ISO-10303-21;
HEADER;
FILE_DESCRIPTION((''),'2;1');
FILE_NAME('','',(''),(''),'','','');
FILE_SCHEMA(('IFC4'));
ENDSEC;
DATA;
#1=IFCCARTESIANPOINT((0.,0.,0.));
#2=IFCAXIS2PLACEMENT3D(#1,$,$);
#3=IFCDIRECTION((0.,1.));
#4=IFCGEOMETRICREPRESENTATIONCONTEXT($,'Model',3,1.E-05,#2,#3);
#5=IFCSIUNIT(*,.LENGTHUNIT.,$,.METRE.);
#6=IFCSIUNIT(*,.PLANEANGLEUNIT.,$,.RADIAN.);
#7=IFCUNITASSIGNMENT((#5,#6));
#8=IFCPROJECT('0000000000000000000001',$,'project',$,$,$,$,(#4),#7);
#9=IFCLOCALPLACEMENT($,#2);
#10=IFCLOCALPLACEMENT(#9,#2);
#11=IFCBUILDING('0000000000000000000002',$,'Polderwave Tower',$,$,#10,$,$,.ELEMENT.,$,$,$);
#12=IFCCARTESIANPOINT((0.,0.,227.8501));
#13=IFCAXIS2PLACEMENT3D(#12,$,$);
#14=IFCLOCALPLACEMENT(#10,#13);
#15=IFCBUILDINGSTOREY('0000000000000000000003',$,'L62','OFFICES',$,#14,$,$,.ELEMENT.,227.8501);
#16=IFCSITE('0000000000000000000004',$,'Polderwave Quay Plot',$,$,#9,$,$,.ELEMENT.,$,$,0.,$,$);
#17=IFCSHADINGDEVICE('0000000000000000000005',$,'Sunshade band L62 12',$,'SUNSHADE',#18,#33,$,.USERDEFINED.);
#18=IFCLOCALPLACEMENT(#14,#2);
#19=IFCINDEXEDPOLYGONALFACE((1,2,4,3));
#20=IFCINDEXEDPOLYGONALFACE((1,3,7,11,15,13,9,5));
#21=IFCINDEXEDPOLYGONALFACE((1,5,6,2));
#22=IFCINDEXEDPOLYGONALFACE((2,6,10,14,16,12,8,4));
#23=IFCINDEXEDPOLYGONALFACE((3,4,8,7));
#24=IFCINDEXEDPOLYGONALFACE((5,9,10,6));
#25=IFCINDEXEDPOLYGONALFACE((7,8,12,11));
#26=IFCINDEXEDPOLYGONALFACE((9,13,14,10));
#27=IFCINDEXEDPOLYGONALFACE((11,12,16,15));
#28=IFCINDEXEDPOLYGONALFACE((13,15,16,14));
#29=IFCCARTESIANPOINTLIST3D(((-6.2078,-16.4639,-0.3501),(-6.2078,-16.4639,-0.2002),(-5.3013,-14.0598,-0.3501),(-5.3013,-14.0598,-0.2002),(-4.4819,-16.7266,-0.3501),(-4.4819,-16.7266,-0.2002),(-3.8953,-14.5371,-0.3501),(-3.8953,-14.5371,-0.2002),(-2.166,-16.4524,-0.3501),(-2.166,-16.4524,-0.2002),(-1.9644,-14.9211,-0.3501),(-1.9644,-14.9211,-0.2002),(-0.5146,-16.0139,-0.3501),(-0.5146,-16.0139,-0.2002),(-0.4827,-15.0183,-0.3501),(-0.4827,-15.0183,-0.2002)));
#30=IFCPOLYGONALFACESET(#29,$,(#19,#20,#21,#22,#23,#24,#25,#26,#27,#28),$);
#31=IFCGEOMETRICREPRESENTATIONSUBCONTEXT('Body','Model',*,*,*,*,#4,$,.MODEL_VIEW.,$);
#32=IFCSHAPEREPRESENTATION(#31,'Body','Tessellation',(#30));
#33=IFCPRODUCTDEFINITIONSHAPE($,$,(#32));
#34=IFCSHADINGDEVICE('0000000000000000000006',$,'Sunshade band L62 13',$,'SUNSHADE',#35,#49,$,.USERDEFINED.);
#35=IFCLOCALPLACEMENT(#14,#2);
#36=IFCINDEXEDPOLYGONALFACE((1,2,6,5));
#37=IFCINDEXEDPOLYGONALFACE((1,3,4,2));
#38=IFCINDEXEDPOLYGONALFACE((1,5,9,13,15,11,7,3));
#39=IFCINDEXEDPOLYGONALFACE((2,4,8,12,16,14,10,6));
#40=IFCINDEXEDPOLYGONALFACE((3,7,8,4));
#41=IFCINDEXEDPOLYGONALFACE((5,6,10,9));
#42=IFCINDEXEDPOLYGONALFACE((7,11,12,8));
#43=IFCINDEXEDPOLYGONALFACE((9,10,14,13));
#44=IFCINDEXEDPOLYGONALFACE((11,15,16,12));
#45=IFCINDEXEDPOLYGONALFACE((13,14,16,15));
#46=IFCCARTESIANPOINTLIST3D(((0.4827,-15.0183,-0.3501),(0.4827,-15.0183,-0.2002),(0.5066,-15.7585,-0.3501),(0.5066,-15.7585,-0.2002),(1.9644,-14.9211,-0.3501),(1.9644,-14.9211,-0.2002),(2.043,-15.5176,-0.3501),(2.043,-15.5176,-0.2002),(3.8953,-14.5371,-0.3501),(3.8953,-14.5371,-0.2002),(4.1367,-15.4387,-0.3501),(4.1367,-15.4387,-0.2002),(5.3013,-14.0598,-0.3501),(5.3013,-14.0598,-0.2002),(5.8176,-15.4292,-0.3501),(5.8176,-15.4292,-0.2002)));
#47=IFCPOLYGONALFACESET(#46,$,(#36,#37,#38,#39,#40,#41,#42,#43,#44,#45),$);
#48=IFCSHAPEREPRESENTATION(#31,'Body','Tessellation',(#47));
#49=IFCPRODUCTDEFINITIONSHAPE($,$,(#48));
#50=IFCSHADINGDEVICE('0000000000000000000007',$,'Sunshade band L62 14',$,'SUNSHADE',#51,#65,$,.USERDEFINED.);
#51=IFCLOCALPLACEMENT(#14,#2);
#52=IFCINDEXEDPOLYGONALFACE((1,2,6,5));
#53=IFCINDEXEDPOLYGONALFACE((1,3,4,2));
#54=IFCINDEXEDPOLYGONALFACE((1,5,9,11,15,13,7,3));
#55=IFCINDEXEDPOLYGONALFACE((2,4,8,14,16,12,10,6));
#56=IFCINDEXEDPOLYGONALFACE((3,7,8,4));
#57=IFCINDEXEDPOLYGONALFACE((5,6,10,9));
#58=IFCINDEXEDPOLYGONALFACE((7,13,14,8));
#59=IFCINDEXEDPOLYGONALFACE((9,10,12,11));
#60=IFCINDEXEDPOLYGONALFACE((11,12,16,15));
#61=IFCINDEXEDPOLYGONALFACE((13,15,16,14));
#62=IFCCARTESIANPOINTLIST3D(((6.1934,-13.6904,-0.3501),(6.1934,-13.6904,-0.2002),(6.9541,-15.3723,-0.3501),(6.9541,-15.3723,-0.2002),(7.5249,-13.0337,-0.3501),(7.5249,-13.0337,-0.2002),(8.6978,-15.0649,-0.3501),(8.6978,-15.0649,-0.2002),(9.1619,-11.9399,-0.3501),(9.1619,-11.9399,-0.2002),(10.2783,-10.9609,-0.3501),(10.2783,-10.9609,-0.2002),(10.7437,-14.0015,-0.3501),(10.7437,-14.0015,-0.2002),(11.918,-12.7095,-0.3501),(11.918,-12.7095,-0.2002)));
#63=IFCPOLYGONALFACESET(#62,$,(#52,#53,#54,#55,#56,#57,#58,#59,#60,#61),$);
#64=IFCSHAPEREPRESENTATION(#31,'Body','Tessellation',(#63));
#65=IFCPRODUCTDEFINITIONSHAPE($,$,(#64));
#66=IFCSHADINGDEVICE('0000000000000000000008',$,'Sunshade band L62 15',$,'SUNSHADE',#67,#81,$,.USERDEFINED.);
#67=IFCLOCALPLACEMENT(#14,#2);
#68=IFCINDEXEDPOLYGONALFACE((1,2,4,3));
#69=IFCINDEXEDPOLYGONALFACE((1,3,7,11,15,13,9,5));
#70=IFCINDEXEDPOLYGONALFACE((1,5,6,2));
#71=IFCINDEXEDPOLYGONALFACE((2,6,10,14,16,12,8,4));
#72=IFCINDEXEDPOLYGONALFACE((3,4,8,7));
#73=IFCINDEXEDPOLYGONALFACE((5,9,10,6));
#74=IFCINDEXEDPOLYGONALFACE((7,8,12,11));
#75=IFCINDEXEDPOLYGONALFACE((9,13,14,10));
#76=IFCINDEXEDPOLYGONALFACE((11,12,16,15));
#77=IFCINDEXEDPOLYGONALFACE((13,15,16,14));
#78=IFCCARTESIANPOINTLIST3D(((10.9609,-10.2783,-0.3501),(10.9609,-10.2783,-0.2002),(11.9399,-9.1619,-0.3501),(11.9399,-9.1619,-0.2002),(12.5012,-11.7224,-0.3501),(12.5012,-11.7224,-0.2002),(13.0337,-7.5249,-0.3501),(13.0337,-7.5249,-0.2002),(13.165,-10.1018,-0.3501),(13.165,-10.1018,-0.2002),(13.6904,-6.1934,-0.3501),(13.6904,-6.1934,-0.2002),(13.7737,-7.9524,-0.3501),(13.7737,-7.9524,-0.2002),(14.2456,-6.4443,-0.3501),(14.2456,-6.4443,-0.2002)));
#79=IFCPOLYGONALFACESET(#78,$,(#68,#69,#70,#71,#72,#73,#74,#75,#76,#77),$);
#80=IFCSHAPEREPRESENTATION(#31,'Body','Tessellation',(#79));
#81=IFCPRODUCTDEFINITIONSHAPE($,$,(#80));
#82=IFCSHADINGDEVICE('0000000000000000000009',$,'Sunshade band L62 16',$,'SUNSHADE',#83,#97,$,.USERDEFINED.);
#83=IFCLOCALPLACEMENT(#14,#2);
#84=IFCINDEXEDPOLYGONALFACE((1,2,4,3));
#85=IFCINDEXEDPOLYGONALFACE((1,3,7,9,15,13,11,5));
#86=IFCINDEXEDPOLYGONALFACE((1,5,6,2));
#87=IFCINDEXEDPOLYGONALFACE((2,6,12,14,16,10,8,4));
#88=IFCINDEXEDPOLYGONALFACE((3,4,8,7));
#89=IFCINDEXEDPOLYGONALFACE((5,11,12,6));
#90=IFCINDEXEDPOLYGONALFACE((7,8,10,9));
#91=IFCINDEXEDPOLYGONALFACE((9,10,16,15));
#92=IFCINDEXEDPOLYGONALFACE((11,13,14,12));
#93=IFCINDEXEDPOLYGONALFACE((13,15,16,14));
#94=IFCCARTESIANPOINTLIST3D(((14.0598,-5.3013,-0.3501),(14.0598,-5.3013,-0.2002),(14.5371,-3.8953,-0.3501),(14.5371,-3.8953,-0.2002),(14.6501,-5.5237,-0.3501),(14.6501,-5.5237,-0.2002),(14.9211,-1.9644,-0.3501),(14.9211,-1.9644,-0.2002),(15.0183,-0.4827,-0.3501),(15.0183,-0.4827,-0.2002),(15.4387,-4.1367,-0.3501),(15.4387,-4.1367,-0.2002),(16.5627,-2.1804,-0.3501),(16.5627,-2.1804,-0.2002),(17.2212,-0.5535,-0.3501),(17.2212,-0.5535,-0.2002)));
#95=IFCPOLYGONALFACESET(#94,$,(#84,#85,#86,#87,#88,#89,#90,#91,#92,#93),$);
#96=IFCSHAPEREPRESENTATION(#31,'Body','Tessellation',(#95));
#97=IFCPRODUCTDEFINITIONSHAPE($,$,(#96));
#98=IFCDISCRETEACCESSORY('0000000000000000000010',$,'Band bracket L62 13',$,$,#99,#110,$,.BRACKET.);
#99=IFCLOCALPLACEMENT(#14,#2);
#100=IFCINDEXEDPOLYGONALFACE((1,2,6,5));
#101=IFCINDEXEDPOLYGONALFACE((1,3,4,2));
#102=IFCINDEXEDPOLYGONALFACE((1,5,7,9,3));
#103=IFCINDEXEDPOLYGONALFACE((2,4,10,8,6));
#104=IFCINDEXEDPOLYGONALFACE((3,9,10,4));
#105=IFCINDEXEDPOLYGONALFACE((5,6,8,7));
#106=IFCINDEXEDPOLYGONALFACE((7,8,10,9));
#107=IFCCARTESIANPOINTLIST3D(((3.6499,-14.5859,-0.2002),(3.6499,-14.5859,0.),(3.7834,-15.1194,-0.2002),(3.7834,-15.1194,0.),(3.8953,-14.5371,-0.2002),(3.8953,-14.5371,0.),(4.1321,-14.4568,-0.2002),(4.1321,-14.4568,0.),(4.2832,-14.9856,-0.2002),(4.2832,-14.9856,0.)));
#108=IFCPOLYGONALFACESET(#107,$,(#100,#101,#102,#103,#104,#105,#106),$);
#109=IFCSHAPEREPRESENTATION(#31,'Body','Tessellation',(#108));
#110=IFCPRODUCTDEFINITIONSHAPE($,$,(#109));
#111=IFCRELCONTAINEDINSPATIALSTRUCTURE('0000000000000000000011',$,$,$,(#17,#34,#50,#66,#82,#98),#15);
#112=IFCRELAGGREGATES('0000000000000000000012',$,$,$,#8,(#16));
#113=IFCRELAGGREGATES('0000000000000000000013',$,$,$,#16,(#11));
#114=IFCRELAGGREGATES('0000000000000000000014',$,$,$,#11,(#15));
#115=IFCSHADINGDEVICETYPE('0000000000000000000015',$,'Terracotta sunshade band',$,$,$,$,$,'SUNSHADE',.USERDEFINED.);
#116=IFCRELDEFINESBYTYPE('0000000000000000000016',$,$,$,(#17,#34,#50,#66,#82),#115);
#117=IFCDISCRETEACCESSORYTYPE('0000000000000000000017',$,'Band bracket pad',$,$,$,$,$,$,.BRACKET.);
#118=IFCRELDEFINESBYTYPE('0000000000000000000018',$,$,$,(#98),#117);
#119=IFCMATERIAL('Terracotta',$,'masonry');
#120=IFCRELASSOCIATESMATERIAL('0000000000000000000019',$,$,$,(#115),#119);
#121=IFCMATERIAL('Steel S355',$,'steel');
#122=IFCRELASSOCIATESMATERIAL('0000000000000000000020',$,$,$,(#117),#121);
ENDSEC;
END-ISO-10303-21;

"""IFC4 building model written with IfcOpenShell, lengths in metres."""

from ifc_helpers import new_model, si_unit, direction, frame, origin, place, context, subcontext, project, spatial, polyline, outline, extrude, material, type_object, element, save


model = new_model("IFC4")

# Units and contexts
model_context = context("Model", 3, precision=1e-05, world=origin(), true_north=direction((0.0, 1.0)))
body_context = subcontext(model_context, "Body", "Model", "MODEL_VIEW")
ifc_project = project(units=[si_unit("LENGTHUNIT", "METRE"), si_unit("PLANEANGLEUNIT", "RADIAN")], contexts=[model_context])

# Site, building, storey
site_placement = place(None, origin())
site = spatial("IfcSite", under=ifc_project, at=site_placement, Name="Polderwave Quay Plot", CompositionType="ELEMENT", RefElevation=0.0)
building_placement = place(site_placement, origin())
building = spatial("IfcBuilding", under=site, at=building_placement, Name="Polderwave Tower", CompositionType="ELEMENT")
storey_placement = place(building_placement, frame((0.0, 0.0, 227.8501)))
storey = spatial("IfcBuildingStorey", under=building, at=storey_placement, Name="L62", Description="OFFICES", CompositionType="ELEMENT", Elevation=227.8501)

# Shared definitions
ifc_material_1 = material(Name="Steel S355", Category="steel")

# Shading devices
ifc_material_2 = material(Name="Terracotta", Category="masonry")
shading_device_type = type_object("IfcShadingDeviceType", Name="Terracotta sunshade band", ElementType="SUNSHADE", PredefinedType="USERDEFINED", material=ifc_material_2)
shading_device_1_placement = place(storey_placement, frame((0.0, 0.0, -0.3501)))
element("IfcShadingDevice", 1, at=shading_device_1_placement, inside=storey, type_object=shading_device_type, Name="Sunshade band L62 12", ObjectType="SUNSHADE", PredefinedType="USERDEFINED", context=body_context, shape_type="SweptSolid", body=[
    extrude(outline(polyline([(-5.3013, -14.0598), (-3.8953, -14.5371), (-1.9644, -14.9211), (-0.4827, -15.0183), (-0.5146, -16.0139), (-2.166, -16.4524), (-4.4819, -16.7266), (-6.2078, -16.4639), (-5.3013, -14.0598)])), origin(), (0.0, 0.0, 1.0), 0.1499),
])
shading_device_2_placement = place(storey_placement, frame((0.0, 0.0, -0.3501)))
element("IfcShadingDevice", 2, at=shading_device_2_placement, inside=storey, type_object=shading_device_type, Name="Sunshade band L62 13", ObjectType="SUNSHADE", PredefinedType="USERDEFINED", context=body_context, shape_type="SweptSolid", body=[
    extrude(outline(polyline([(0.4827, -15.0183), (1.9644, -14.9211), (3.8953, -14.5371), (5.3013, -14.0598), (5.8176, -15.4292), (4.1367, -15.4387), (2.043, -15.5176), (0.5066, -15.7585), (0.4827, -15.0183)])), origin(), (0.0, 0.0, 1.0), 0.1499),
])
shading_device_3_placement = place(storey_placement, frame((0.0, 0.0, -0.3501)))
element("IfcShadingDevice", 3, at=shading_device_3_placement, inside=storey, type_object=shading_device_type, Name="Sunshade band L62 14", ObjectType="SUNSHADE", PredefinedType="USERDEFINED", context=body_context, shape_type="SweptSolid", body=[
    extrude(outline(polyline([(6.1934, -13.6904), (7.5249, -13.0337), (9.1619, -11.9399), (10.2783, -10.9609), (11.918, -12.7095), (10.7437, -14.0015), (8.6978, -15.0649), (6.9541, -15.3723), (6.1934, -13.6904)])), origin(), (0.0, 0.0, 1.0), 0.1499),
])
shading_device_4_placement = place(storey_placement, frame((0.0, 0.0, -0.3501)))
element("IfcShadingDevice", 4, at=shading_device_4_placement, inside=storey, type_object=shading_device_type, Name="Sunshade band L62 15", ObjectType="SUNSHADE", PredefinedType="USERDEFINED", context=body_context, shape_type="SweptSolid", body=[
    extrude(outline(polyline([(10.9609, -10.2783), (11.9399, -9.1619), (13.0337, -7.5249), (13.6904, -6.1934), (14.2456, -6.4443), (13.7737, -7.9524), (13.165, -10.1018), (12.5012, -11.7224), (10.9609, -10.2783)])), origin(), (0.0, 0.0, 1.0), 0.1499),
])
shading_device_5_placement = place(storey_placement, frame((0.0, 0.0, -0.3501)))
element("IfcShadingDevice", 5, at=shading_device_5_placement, inside=storey, type_object=shading_device_type, Name="Sunshade band L62 16", ObjectType="SUNSHADE", PredefinedType="USERDEFINED", context=body_context, shape_type="SweptSolid", body=[
    extrude(outline(polyline([(14.0598, -5.3013), (14.5371, -3.8953), (14.9211, -1.9644), (15.0183, -0.4827), (17.2212, -0.5535), (16.5627, -2.1804), (15.4387, -4.1367), (14.6501, -5.5237), (14.0598, -5.3013)])), origin(), (0.0, 0.0, 1.0), 0.1499),
])

# Discrete accessory
discrete_accessory_type = type_object("IfcDiscreteAccessoryType", Name="Band bracket pad", PredefinedType="BRACKET", material=ifc_material_1)
discrete_accessory_placement = place(storey_placement, frame((0.0, 0.0, -0.2002)))
element("IfcDiscreteAccessory", 6, at=discrete_accessory_placement, inside=storey, type_object=discrete_accessory_type, Name="Band bracket L62 13", PredefinedType="BRACKET", context=body_context, shape_type="SweptSolid", body=[
    extrude(outline(polyline([(3.6499, -14.5859), (3.8953, -14.5371), (4.1321, -14.4568), (4.2832, -14.9856), (3.7834, -15.1194), (3.6499, -14.5859)])), origin(), (0.0, 0.0, 1.0), 0.2002),
])

save(model, "model.ifc")
